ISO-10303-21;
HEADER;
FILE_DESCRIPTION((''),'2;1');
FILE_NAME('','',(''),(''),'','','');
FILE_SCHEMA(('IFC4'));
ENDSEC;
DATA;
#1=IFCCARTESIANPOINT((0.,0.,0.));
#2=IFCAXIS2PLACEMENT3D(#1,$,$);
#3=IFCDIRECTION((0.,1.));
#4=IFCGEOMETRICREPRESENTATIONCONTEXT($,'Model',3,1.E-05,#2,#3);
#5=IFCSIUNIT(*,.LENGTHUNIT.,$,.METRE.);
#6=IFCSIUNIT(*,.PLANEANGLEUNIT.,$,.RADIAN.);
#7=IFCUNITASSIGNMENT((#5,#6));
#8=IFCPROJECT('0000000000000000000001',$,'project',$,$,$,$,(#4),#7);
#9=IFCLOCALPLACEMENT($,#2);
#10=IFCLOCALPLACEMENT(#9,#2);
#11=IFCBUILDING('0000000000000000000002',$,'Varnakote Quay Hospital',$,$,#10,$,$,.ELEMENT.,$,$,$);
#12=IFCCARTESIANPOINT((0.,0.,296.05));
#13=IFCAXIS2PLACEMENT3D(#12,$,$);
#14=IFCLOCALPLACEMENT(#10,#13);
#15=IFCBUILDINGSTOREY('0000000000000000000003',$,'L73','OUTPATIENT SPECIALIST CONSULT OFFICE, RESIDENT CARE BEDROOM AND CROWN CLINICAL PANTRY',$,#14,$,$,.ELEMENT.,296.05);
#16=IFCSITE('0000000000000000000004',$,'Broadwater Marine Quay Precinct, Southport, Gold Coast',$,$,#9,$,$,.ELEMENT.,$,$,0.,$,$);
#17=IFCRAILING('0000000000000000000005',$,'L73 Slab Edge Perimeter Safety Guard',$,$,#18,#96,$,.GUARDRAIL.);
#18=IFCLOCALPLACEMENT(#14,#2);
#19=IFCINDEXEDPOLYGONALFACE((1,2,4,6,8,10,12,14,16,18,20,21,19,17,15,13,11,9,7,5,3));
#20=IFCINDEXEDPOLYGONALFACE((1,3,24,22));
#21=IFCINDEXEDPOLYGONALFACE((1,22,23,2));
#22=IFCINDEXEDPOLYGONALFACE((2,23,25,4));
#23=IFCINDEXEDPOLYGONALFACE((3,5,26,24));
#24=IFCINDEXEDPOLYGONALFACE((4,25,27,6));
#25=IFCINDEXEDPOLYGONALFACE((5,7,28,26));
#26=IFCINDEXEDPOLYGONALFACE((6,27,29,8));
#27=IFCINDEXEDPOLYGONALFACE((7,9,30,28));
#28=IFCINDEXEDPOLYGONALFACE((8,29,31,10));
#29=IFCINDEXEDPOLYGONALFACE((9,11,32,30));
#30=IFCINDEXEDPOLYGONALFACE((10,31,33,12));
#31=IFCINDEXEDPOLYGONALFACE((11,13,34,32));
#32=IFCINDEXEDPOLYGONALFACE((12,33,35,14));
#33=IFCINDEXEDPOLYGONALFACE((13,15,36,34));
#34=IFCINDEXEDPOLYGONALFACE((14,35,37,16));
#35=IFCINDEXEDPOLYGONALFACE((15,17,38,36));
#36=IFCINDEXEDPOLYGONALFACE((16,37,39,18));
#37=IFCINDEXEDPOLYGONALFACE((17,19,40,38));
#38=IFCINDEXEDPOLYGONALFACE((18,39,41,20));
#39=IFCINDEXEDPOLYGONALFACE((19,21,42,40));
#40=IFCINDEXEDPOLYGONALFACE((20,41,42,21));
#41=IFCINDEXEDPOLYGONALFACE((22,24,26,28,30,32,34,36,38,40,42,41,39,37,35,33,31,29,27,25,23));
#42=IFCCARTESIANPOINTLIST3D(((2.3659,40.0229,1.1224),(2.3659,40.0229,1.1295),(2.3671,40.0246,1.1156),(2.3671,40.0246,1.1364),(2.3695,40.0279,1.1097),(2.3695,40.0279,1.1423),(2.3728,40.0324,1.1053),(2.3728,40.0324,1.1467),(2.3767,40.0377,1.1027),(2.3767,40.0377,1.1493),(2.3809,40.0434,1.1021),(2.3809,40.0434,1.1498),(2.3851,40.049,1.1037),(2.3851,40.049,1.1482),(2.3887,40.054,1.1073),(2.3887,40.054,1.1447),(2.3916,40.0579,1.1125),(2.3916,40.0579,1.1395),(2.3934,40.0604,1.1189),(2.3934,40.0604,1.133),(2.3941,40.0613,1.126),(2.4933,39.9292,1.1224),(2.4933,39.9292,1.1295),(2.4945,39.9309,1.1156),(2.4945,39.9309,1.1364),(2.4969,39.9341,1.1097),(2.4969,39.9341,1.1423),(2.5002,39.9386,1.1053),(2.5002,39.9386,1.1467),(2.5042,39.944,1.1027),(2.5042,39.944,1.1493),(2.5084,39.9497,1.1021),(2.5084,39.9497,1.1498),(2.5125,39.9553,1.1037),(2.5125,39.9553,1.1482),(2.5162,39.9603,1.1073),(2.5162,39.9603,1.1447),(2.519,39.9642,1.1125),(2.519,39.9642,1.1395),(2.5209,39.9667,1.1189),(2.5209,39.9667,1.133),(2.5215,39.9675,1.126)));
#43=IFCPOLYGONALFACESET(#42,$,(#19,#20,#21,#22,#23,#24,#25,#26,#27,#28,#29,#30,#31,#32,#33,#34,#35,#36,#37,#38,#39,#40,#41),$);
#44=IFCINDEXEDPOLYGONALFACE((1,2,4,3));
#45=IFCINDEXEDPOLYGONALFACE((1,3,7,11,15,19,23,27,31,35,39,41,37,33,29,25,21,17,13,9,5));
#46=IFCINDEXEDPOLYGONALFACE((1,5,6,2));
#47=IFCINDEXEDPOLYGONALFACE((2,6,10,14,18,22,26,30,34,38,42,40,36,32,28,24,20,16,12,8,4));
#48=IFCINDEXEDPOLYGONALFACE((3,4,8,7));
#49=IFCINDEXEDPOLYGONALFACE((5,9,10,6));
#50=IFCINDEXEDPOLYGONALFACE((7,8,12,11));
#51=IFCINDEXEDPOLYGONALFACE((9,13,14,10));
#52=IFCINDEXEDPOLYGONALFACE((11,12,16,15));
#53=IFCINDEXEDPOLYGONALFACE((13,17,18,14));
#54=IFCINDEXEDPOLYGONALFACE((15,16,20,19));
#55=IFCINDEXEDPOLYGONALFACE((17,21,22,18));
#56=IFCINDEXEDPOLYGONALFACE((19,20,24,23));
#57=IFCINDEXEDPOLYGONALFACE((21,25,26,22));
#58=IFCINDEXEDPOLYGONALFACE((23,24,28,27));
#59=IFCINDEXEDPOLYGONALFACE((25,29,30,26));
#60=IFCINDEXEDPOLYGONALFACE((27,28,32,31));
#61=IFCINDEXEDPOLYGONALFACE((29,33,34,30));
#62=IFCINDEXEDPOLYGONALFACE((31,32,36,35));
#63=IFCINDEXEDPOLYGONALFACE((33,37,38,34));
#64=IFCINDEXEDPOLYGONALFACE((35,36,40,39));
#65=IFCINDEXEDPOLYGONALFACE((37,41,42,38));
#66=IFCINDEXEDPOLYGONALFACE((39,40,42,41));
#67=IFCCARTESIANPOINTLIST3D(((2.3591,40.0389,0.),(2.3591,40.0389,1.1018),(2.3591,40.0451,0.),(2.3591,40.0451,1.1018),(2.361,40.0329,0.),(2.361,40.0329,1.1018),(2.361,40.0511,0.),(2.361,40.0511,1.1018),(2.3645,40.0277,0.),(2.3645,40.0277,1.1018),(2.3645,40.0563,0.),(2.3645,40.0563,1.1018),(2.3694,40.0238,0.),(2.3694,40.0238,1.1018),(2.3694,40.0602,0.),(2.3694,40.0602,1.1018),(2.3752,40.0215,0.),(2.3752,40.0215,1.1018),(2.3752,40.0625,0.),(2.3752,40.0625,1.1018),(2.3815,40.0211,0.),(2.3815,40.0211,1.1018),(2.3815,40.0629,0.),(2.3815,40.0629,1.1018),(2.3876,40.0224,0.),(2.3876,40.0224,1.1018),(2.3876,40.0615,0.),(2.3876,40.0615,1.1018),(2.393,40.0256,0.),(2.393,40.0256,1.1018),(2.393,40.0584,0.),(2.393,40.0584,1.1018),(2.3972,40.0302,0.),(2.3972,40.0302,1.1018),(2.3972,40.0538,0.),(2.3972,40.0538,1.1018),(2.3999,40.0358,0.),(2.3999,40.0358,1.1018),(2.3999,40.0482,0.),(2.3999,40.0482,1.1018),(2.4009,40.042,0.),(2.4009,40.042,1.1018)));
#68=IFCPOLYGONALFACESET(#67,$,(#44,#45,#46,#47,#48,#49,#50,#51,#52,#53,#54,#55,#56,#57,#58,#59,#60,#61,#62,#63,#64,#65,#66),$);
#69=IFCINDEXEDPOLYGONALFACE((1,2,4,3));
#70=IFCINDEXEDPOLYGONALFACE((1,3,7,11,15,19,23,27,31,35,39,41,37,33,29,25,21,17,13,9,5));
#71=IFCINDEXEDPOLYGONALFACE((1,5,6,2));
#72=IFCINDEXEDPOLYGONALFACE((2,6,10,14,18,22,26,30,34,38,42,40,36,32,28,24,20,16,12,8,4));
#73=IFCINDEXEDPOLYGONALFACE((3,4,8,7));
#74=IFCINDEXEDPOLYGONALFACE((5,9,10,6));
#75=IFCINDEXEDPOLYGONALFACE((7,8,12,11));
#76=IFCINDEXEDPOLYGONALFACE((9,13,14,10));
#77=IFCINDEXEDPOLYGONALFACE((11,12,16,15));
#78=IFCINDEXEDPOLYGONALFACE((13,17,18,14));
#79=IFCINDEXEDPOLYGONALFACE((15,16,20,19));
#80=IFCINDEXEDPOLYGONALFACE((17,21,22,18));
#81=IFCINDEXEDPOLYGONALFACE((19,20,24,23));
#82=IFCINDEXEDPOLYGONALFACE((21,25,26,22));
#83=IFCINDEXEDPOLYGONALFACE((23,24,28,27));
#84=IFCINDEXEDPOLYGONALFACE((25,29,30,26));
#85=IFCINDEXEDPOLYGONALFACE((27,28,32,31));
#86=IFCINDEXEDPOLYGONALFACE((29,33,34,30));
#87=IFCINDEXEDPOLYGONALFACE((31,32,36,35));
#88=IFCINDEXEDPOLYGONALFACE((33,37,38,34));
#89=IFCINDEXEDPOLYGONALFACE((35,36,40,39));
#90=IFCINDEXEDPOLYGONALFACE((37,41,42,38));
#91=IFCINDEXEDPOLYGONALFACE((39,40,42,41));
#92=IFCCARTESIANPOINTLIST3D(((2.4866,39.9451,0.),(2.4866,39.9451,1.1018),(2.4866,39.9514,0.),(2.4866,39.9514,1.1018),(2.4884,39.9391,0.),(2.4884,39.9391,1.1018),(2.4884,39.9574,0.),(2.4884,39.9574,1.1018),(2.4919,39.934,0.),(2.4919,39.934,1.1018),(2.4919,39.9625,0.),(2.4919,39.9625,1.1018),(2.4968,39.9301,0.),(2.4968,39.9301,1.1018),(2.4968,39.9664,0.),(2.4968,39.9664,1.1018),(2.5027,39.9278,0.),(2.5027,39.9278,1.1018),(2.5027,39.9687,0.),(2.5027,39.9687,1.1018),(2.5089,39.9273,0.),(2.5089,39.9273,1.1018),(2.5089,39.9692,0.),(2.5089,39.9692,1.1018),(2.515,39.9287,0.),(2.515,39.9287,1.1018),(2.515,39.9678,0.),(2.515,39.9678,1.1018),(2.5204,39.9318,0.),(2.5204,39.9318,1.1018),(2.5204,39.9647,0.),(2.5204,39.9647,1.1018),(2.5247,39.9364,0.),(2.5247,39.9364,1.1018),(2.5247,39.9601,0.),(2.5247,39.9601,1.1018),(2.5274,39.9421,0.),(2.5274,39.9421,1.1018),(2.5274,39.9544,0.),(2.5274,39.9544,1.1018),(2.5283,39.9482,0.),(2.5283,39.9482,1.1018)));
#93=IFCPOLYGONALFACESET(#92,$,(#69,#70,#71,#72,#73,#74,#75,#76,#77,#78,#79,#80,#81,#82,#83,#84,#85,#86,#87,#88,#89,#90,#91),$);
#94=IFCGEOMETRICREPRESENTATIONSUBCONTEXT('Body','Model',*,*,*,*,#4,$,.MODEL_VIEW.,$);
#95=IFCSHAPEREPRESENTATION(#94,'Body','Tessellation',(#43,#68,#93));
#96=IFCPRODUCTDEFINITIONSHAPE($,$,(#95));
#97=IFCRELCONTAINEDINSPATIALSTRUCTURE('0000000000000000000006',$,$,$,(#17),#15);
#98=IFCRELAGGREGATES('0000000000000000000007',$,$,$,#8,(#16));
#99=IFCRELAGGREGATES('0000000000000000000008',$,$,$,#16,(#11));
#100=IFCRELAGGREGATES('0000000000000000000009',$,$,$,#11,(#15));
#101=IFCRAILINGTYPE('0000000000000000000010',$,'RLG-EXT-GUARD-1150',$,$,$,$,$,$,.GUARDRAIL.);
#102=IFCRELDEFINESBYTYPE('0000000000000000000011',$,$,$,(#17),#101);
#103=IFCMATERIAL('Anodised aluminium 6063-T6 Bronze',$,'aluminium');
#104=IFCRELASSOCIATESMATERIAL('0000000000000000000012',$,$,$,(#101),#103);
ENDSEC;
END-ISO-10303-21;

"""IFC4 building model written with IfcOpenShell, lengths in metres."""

from ifc_helpers import new_model, si_unit, direction, frame, origin, origin_2d, place, context, subcontext, project, spatial, circle, extrude, material, type_object, element, save


model = new_model("IFC4")

# Units and contexts
model_context = context("Model", 3, precision=1e-05, world=origin(), true_north=direction((0.0, 1.0)))
body_context = subcontext(model_context, "Body", "Model", "MODEL_VIEW")
ifc_project = project(units=[si_unit("LENGTHUNIT", "METRE"), si_unit("PLANEANGLEUNIT", "RADIAN")], contexts=[model_context])

# Site, building, storey
site_placement = place(None, origin())
site = spatial("IfcSite", under=ifc_project, at=site_placement, Name="Broadwater Marine Quay Precinct, Southport, Gold Coast", CompositionType="ELEMENT", RefElevation=0.0)
building_placement = place(site_placement, origin())
building = spatial("IfcBuilding", under=site, at=building_placement, Name="Varnakote Quay Hospital", CompositionType="ELEMENT")
storey_placement = place(building_placement, frame((0.0, 0.0, 296.05)))
storey = spatial("IfcBuildingStorey", under=building, at=storey_placement, Name="L73", Description="OUTPATIENT SPECIALIST CONSULT OFFICE, RESIDENT CARE BEDROOM AND CROWN CLINICAL PANTRY", CompositionType="ELEMENT", Elevation=296.05)

# Railing
ifc_material_1 = material(Name="Anodised aluminium 6063-T6 Bronze", Category="aluminium")
railing_type = type_object("IfcRailingType", Name="RLG-EXT-GUARD-1150", PredefinedType="GUARDRAIL", material=ifc_material_1)
railing_1_placement = place(storey_placement, frame((2.3799, 40.042, 0.0)))
element("IfcRailing", 1, at=railing_1_placement, inside=storey, type_object=railing_type, Name="L73 Slab Edge Perimeter Safety Guard", PredefinedType="GUARDRAIL", context=body_context, shape_type="SweptSolid", body=[
    extrude(circle(Radius=0.0239, at=origin_2d()), frame((0.0, 0.0, 1.126), z_axis=(0.805521, -0.592567, 0.0), x_axis=(0.592567, 0.805521, 0.0)), (0.0, 0.0, 1.0), 0.1582),
    extrude(circle(Radius=0.021, at=origin_2d()), origin(), (0.0, 0.0, 1.0), 1.1018),
    extrude(circle(Radius=0.021, at=origin_2d()), frame((0.1274, -0.0938, 0.0)), (0.0, 0.0, 1.0), 1.1018),
])

save(model, "model.ifc")
